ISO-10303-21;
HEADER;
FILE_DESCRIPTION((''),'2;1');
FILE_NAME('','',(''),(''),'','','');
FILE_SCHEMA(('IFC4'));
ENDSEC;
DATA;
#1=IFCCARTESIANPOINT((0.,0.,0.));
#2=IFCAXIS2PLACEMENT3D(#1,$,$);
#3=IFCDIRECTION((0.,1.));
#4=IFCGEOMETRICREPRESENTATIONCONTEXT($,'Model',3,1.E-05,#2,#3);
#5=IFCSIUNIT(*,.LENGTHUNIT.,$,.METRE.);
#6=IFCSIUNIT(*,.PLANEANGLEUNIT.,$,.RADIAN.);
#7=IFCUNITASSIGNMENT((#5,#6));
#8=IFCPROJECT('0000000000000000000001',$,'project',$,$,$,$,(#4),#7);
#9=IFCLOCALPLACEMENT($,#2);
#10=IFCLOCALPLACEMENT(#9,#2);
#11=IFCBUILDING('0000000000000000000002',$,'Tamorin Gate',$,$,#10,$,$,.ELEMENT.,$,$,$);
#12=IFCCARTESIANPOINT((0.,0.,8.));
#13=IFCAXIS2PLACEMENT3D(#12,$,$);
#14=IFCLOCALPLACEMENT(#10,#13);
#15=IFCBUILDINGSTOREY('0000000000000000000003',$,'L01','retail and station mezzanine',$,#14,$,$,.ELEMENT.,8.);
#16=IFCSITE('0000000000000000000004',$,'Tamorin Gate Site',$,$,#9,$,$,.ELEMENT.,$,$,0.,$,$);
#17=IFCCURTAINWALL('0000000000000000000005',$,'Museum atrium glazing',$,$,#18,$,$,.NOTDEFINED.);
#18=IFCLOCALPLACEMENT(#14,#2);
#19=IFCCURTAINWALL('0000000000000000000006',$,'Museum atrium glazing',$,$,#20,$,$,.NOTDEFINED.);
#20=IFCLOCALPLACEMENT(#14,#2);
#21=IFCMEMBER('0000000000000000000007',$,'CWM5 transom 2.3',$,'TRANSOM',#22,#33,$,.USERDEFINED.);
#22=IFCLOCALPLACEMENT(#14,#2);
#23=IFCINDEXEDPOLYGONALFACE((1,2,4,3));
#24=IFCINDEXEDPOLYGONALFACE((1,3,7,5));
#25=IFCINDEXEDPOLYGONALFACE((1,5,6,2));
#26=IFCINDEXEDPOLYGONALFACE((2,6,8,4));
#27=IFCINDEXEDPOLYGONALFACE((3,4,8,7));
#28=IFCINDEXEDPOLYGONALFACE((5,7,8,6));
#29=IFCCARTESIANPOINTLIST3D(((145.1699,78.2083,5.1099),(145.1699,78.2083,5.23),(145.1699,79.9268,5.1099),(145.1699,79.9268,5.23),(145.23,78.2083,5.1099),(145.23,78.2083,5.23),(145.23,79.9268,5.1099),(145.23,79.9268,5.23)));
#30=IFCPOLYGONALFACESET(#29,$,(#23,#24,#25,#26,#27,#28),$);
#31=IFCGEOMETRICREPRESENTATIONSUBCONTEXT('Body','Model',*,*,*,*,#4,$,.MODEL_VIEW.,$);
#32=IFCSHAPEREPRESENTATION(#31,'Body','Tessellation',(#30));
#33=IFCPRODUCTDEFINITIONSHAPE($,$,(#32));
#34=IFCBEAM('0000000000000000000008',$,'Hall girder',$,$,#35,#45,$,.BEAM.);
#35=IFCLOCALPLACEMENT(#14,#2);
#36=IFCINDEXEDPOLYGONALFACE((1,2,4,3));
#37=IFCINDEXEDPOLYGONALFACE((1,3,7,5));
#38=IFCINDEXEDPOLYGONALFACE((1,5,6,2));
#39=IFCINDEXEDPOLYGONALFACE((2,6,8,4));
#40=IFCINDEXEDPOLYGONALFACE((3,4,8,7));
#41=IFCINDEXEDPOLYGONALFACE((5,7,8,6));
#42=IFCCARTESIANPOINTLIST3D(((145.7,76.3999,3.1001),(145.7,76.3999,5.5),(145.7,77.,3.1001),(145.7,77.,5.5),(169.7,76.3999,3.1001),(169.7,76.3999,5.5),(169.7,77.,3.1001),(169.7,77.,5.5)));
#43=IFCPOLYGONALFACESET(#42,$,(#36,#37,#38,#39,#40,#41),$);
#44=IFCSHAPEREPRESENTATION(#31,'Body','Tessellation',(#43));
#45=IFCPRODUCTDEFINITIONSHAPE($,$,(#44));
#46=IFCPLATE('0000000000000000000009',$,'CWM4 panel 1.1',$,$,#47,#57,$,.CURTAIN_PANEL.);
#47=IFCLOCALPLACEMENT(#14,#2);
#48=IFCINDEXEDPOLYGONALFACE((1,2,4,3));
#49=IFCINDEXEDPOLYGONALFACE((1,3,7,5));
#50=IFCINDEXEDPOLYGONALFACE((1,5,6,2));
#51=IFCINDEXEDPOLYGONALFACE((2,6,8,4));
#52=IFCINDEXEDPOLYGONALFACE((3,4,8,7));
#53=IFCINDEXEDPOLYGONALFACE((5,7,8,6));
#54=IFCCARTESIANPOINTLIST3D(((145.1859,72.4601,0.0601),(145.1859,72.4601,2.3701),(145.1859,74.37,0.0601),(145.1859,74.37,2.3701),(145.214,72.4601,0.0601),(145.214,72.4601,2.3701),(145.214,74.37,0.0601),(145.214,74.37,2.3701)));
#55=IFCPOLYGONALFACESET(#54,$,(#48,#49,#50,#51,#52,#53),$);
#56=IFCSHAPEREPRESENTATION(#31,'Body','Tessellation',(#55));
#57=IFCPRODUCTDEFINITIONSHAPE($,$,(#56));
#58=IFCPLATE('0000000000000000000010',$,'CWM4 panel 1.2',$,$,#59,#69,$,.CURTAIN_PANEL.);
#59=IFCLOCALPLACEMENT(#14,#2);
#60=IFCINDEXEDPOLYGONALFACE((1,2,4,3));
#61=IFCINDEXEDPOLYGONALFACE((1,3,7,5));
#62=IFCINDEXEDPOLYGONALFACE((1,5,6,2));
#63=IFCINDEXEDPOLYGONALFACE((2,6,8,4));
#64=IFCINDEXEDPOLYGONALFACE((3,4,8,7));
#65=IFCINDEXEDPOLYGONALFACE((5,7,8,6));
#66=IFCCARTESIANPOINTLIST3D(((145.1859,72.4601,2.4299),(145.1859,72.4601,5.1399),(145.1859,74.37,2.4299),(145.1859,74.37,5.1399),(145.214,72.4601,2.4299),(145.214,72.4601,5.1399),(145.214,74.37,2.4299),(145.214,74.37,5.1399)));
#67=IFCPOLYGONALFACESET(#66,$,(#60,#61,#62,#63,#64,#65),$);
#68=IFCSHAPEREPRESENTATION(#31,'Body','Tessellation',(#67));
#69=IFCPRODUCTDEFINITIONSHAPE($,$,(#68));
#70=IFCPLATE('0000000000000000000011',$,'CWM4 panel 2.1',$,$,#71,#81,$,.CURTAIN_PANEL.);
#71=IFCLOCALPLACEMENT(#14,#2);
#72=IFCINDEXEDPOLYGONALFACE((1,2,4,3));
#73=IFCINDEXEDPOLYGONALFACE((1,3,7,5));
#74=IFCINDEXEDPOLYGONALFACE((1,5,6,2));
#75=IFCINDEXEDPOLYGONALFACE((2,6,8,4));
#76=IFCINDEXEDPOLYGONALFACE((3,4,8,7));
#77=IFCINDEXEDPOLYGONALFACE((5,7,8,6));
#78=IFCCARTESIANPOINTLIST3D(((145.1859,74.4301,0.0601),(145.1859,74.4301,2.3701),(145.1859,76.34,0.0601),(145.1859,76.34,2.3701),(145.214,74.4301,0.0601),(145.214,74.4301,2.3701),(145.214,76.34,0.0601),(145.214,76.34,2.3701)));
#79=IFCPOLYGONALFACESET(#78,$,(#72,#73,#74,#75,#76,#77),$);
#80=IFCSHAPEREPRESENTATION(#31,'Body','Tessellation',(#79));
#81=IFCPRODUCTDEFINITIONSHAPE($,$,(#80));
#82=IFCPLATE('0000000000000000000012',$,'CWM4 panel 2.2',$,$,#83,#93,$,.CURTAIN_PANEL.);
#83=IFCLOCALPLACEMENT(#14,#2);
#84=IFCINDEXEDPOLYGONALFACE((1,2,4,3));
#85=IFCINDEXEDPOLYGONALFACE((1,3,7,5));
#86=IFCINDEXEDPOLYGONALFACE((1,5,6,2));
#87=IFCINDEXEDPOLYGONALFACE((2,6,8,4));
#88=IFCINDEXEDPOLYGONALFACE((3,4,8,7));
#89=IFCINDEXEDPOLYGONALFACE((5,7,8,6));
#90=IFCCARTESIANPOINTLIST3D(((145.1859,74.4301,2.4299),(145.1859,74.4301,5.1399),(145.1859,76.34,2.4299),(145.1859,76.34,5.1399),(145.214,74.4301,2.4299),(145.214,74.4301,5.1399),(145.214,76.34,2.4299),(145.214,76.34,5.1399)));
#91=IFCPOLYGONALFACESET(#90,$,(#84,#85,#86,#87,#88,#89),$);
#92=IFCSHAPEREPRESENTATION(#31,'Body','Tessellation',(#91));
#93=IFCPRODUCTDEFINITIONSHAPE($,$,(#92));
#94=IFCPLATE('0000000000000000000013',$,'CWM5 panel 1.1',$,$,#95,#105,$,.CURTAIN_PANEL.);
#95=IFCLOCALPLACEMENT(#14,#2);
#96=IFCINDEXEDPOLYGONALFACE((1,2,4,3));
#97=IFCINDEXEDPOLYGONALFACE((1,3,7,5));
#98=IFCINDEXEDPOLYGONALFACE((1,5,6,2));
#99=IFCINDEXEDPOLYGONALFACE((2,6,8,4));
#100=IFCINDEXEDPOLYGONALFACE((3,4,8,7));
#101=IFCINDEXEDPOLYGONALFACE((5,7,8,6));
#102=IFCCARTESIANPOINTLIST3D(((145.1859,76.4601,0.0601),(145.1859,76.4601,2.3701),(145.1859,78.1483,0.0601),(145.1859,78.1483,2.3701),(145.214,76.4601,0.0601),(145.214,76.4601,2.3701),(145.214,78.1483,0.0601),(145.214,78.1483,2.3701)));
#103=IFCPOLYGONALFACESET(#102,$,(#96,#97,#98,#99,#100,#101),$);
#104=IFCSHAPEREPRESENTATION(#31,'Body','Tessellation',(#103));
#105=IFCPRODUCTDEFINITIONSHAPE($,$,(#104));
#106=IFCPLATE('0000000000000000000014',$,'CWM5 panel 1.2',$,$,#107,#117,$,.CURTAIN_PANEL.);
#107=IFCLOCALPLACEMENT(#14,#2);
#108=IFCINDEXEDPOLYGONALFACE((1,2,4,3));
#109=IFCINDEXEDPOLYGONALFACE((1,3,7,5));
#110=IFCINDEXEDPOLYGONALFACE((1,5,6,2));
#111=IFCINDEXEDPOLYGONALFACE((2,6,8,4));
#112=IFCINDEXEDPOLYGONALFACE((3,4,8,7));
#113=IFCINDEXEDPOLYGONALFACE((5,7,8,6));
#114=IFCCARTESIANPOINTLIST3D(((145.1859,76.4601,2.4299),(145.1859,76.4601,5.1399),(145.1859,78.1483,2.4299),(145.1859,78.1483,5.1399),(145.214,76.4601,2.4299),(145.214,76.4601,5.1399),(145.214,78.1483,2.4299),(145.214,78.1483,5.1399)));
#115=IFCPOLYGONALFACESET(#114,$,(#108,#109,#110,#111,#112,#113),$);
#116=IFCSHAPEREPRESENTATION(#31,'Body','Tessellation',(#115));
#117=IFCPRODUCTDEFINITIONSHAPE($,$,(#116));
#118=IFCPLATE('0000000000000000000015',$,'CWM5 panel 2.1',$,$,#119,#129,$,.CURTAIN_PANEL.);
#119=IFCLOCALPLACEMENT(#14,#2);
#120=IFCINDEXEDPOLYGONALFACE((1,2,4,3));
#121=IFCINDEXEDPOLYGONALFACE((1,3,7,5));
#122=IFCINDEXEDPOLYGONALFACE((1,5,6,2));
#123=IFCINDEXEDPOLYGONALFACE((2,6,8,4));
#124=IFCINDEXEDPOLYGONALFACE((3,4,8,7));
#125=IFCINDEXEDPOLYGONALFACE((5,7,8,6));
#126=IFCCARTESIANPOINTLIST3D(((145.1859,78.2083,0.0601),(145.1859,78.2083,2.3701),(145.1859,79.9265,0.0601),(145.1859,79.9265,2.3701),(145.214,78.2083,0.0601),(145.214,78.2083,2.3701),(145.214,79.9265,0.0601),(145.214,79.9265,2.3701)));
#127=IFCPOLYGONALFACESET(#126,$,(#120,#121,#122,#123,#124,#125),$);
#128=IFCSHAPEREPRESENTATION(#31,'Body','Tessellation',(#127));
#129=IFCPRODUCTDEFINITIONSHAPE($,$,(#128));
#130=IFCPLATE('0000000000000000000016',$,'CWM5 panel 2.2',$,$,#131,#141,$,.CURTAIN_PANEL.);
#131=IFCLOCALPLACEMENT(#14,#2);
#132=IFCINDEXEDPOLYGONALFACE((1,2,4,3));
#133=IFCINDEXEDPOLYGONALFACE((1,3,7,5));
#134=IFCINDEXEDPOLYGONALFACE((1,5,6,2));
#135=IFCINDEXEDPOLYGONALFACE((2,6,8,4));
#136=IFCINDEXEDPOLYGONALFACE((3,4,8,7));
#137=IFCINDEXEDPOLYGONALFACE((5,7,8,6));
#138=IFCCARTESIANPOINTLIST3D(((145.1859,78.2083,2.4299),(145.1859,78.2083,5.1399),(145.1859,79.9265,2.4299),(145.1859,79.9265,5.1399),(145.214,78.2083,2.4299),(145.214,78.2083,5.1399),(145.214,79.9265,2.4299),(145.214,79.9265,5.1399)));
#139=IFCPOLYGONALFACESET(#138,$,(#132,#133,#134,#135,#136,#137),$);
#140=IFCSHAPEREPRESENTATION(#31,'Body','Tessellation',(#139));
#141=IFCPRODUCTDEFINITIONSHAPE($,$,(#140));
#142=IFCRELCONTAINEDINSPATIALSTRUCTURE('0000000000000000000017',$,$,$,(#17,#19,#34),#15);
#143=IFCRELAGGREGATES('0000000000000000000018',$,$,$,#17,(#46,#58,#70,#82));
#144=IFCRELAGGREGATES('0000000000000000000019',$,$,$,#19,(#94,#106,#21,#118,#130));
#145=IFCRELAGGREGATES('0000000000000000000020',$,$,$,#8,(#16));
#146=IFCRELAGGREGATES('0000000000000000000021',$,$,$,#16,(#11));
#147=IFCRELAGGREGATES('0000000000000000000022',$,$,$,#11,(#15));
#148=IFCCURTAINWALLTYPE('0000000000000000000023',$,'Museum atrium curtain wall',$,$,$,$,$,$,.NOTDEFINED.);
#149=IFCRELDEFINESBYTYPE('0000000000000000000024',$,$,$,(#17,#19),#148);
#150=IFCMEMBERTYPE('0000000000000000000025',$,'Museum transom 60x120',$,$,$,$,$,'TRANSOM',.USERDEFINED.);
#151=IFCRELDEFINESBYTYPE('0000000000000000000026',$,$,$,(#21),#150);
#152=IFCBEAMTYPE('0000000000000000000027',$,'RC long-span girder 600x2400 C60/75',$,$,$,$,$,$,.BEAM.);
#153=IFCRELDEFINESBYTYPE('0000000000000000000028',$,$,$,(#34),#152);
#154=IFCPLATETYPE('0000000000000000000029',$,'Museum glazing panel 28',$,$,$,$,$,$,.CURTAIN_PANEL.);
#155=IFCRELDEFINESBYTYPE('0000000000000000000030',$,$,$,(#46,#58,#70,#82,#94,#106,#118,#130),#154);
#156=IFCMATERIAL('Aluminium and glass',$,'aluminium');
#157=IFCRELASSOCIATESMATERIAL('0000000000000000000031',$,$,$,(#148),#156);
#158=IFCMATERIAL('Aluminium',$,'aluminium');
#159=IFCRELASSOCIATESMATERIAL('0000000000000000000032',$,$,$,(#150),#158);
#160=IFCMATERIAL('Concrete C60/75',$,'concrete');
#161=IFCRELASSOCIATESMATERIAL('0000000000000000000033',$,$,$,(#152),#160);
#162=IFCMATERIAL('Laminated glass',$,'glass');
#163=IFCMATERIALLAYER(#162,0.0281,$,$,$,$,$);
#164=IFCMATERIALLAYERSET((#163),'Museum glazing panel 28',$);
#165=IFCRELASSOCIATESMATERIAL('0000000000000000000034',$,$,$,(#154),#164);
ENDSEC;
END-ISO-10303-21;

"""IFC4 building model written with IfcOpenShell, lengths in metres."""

from ifc_helpers import new_model, si_unit, direction, frame, origin, origin_2d, place, context, subcontext, project, spatial, rectangle, extrude, material, layer, layer_set, material_profile, profile_set, type_object, element, aggregate, save


model = new_model("IFC4")

# Units and contexts
model_context = context("Model", 3, precision=1e-05, world=origin(), true_north=direction((0.0, 1.0)))
body_context = subcontext(model_context, "Body", "Model", "MODEL_VIEW")
ifc_project = project(units=[si_unit("LENGTHUNIT", "METRE"), si_unit("PLANEANGLEUNIT", "RADIAN")], contexts=[model_context])

# Site, building, storey
site_placement = place(None, origin())
site = spatial("IfcSite", under=ifc_project, at=site_placement, Name="Tamorin Gate Site", CompositionType="ELEMENT", RefElevation=0.0)
building_placement = place(site_placement, origin())
building = spatial("IfcBuilding", under=site, at=building_placement, Name="Tamorin Gate", CompositionType="ELEMENT")
storey_placement = place(building_placement, frame((0.0, 0.0, 8.0)))
storey = spatial("IfcBuildingStorey", under=building, at=storey_placement, Name="L01", Description="retail and station mezzanine", CompositionType="ELEMENT", Elevation=8.0)

# Curtain walls
ifc_material_1 = material(Name="Aluminium and glass", Category="aluminium")
curtain_wall_type = type_object("IfcCurtainWallType", Name="Museum atrium curtain wall", PredefinedType="NOTDEFINED", material=ifc_material_1)
curtain_wall_1_placement = place(storey_placement, origin())
curtain_wall_1 = element("IfcCurtainWall", 1, at=curtain_wall_1_placement, inside=storey, type_object=curtain_wall_type, Name="Museum atrium glazing", PredefinedType="NOTDEFINED")
ifc_material_2 = material(Name="Aluminium", Category="aluminium")
curtain_wall_2_placement = place(storey_placement, origin())
curtain_wall_2 = element("IfcCurtainWall", 2, at=curtain_wall_2_placement, inside=storey, type_object=curtain_wall_type, Name="Museum atrium glazing", PredefinedType="NOTDEFINED")

# Member
ifc_material_profile_1 = material_profile(ifc_material_2, rectangle(XDim=0.0601, YDim=0.1201, at=origin_2d()), Name="RECT 60x120")
ifc_profile_set_1 = profile_set([ifc_material_profile_1], Name="Aluminium")
member_type_1 = type_object("IfcMemberType", Name="Museum transom 60x120", ElementType="TRANSOM", PredefinedType="USERDEFINED", material=ifc_profile_set_1)
member_1_placement = place(storey_placement, frame((145.2, 78.2083, 5.1699), z_axis=(0.0, 1.0, 0.0), x_axis=(-1.0, 0.0, 0.0)))
member_1 = element("IfcMember", 3, at=member_1_placement, type_object=member_type_1, Name="CWM5 transom 2.3", ObjectType="TRANSOM", PredefinedType="USERDEFINED", context=body_context, shape_type="SweptSolid", body=[
    extrude(rectangle(XDim=0.0601, YDim=0.1201, at=origin_2d()), origin(), (0.0, 0.0, 1.0), 1.7185),
])

# Beam
ifc_material_3 = material(Name="Concrete C60/75", Category="concrete")
ifc_material_profile_2 = material_profile(ifc_material_3, rectangle(XDim=0.6001, YDim=2.3999, at=origin_2d()))
ifc_profile_set_2 = profile_set([ifc_material_profile_2], Name="Concrete C60/75")
beam_type = type_object("IfcBeamType", Name="RC long-span girder 600x2400 C60/75", PredefinedType="BEAM", material=ifc_profile_set_2)
beam_placement = place(storey_placement, frame((145.7, 76.7, 4.3), z_axis=(1.0, 0.0, 0.0), x_axis=(0.0, 1.0, 0.0)))
element("IfcBeam", 4, at=beam_placement, inside=storey, type_object=beam_type, Name="Hall girder", PredefinedType="BEAM", context=body_context, shape_type="SweptSolid", body=[
    extrude(rectangle(XDim=0.6001, YDim=2.3999, at=origin_2d()), origin(), (0.0, 0.0, 1.0), 24.0),
])

# Plates
ifc_material_4 = material(Name="Laminated glass", Category="glass")
ifc_layer = layer(ifc_material_4, 0.0281)
ifc_layer_set = layer_set([ifc_layer], Name="Museum glazing panel 28")
plate_type = type_object("IfcPlateType", Name="Museum glazing panel 28", PredefinedType="CURTAIN_PANEL", material=ifc_layer_set)
plate_1_placement = place(storey_placement, frame((145.2, 73.415, 0.0601), z_axis=(0.0, 0.0, 1.0), x_axis=(0.0, 1.0, 0.0)))
plate_1 = element("IfcPlate", 5, at=plate_1_placement, type_object=plate_type, Name="CWM4 panel 1.1", PredefinedType="CURTAIN_PANEL", context=body_context, shape_type="SweptSolid", body=[
    extrude(rectangle(XDim=1.9099, YDim=0.0281, at=origin_2d()), origin(), (0.0, 0.0, 1.0), 2.3101),
])
plate_2_placement = place(storey_placement, frame((145.2, 73.415, 2.4299), z_axis=(0.0, 0.0, 1.0), x_axis=(0.0, 1.0, 0.0)))
plate_2 = element("IfcPlate", 6, at=plate_2_placement, type_object=plate_type, Name="CWM4 panel 1.2", PredefinedType="CURTAIN_PANEL", context=body_context, shape_type="SweptSolid", body=[
    extrude(rectangle(XDim=1.9099, YDim=0.0281, at=origin_2d()), origin(), (0.0, 0.0, 1.0), 2.71),
])
plate_3_placement = place(storey_placement, frame((145.2, 75.385, 0.0601), z_axis=(0.0, 0.0, 1.0), x_axis=(0.0, 1.0, 0.0)))
plate_3 = element("IfcPlate", 7, at=plate_3_placement, type_object=plate_type, Name="CWM4 panel 2.1", PredefinedType="CURTAIN_PANEL", context=body_context, shape_type="SweptSolid", body=[
    extrude(rectangle(XDim=1.9099, YDim=0.0281, at=origin_2d()), origin(), (0.0, 0.0, 1.0), 2.3101),
])
plate_4_placement = place(storey_placement, frame((145.2, 75.385, 2.4299), z_axis=(0.0, 0.0, 1.0), x_axis=(0.0, 1.0, 0.0)))
plate_4 = element("IfcPlate", 8, at=plate_4_placement, type_object=plate_type, Name="CWM4 panel 2.2", PredefinedType="CURTAIN_PANEL", context=body_context, shape_type="SweptSolid", body=[
    extrude(rectangle(XDim=1.9099, YDim=0.0281, at=origin_2d()), origin(), (0.0, 0.0, 1.0), 2.71),
])
aggregate(curtain_wall_1, [plate_1, plate_2, plate_3, plate_4])
plate_5_placement = place(storey_placement, frame((145.2, 77.3042, 0.0601), z_axis=(0.0, 0.0, 1.0), x_axis=(0.0, 1.0, 0.0)))
plate_5 = element("IfcPlate", 9, at=plate_5_placement, type_object=plate_type, Name="CWM5 panel 1.1", PredefinedType="CURTAIN_PANEL", context=body_context, shape_type="SweptSolid", body=[
    extrude(rectangle(XDim=1.6882, YDim=0.0281, at=origin_2d()), origin(), (0.0, 0.0, 1.0), 2.3101),
])
plate_6_placement = place(storey_placement, frame((145.2, 77.3042, 2.4299), z_axis=(0.0, 0.0, 1.0), x_axis=(0.0, 1.0, 0.0)))
plate_6 = element("IfcPlate", 10, at=plate_6_placement, type_object=plate_type, Name="CWM5 panel 1.2", PredefinedType="CURTAIN_PANEL", context=body_context, shape_type="SweptSolid", body=[
    extrude(rectangle(XDim=1.6882, YDim=0.0281, at=origin_2d()), origin(), (0.0, 0.0, 1.0), 2.71),
])
plate_7_placement = place(storey_placement, frame((145.2, 79.0674, 0.0601), z_axis=(0.0, 0.0, 1.0), x_axis=(0.0, 1.0, 0.0)))
plate_7 = element("IfcPlate", 11, at=plate_7_placement, type_object=plate_type, Name="CWM5 panel 2.1", PredefinedType="CURTAIN_PANEL", context=body_context, shape_type="SweptSolid", body=[
    extrude(rectangle(XDim=1.7183, YDim=0.0281, at=origin_2d()), origin(), (0.0, 0.0, 1.0), 2.3101),
])
plate_8_placement = place(storey_placement, frame((145.2, 79.0674, 2.4299), z_axis=(0.0, 0.0, 1.0), x_axis=(0.0, 1.0, 0.0)))
plate_8 = element("IfcPlate", 12, at=plate_8_placement, type_object=plate_type, Name="CWM5 panel 2.2", PredefinedType="CURTAIN_PANEL", context=body_context, shape_type="SweptSolid", body=[
    extrude(rectangle(XDim=1.7183, YDim=0.0281, at=origin_2d()), origin(), (0.0, 0.0, 1.0), 2.71),
])
aggregate(curtain_wall_2, [plate_5, plate_6, member_1, plate_7, plate_8])

save(model, "model.ifc")
